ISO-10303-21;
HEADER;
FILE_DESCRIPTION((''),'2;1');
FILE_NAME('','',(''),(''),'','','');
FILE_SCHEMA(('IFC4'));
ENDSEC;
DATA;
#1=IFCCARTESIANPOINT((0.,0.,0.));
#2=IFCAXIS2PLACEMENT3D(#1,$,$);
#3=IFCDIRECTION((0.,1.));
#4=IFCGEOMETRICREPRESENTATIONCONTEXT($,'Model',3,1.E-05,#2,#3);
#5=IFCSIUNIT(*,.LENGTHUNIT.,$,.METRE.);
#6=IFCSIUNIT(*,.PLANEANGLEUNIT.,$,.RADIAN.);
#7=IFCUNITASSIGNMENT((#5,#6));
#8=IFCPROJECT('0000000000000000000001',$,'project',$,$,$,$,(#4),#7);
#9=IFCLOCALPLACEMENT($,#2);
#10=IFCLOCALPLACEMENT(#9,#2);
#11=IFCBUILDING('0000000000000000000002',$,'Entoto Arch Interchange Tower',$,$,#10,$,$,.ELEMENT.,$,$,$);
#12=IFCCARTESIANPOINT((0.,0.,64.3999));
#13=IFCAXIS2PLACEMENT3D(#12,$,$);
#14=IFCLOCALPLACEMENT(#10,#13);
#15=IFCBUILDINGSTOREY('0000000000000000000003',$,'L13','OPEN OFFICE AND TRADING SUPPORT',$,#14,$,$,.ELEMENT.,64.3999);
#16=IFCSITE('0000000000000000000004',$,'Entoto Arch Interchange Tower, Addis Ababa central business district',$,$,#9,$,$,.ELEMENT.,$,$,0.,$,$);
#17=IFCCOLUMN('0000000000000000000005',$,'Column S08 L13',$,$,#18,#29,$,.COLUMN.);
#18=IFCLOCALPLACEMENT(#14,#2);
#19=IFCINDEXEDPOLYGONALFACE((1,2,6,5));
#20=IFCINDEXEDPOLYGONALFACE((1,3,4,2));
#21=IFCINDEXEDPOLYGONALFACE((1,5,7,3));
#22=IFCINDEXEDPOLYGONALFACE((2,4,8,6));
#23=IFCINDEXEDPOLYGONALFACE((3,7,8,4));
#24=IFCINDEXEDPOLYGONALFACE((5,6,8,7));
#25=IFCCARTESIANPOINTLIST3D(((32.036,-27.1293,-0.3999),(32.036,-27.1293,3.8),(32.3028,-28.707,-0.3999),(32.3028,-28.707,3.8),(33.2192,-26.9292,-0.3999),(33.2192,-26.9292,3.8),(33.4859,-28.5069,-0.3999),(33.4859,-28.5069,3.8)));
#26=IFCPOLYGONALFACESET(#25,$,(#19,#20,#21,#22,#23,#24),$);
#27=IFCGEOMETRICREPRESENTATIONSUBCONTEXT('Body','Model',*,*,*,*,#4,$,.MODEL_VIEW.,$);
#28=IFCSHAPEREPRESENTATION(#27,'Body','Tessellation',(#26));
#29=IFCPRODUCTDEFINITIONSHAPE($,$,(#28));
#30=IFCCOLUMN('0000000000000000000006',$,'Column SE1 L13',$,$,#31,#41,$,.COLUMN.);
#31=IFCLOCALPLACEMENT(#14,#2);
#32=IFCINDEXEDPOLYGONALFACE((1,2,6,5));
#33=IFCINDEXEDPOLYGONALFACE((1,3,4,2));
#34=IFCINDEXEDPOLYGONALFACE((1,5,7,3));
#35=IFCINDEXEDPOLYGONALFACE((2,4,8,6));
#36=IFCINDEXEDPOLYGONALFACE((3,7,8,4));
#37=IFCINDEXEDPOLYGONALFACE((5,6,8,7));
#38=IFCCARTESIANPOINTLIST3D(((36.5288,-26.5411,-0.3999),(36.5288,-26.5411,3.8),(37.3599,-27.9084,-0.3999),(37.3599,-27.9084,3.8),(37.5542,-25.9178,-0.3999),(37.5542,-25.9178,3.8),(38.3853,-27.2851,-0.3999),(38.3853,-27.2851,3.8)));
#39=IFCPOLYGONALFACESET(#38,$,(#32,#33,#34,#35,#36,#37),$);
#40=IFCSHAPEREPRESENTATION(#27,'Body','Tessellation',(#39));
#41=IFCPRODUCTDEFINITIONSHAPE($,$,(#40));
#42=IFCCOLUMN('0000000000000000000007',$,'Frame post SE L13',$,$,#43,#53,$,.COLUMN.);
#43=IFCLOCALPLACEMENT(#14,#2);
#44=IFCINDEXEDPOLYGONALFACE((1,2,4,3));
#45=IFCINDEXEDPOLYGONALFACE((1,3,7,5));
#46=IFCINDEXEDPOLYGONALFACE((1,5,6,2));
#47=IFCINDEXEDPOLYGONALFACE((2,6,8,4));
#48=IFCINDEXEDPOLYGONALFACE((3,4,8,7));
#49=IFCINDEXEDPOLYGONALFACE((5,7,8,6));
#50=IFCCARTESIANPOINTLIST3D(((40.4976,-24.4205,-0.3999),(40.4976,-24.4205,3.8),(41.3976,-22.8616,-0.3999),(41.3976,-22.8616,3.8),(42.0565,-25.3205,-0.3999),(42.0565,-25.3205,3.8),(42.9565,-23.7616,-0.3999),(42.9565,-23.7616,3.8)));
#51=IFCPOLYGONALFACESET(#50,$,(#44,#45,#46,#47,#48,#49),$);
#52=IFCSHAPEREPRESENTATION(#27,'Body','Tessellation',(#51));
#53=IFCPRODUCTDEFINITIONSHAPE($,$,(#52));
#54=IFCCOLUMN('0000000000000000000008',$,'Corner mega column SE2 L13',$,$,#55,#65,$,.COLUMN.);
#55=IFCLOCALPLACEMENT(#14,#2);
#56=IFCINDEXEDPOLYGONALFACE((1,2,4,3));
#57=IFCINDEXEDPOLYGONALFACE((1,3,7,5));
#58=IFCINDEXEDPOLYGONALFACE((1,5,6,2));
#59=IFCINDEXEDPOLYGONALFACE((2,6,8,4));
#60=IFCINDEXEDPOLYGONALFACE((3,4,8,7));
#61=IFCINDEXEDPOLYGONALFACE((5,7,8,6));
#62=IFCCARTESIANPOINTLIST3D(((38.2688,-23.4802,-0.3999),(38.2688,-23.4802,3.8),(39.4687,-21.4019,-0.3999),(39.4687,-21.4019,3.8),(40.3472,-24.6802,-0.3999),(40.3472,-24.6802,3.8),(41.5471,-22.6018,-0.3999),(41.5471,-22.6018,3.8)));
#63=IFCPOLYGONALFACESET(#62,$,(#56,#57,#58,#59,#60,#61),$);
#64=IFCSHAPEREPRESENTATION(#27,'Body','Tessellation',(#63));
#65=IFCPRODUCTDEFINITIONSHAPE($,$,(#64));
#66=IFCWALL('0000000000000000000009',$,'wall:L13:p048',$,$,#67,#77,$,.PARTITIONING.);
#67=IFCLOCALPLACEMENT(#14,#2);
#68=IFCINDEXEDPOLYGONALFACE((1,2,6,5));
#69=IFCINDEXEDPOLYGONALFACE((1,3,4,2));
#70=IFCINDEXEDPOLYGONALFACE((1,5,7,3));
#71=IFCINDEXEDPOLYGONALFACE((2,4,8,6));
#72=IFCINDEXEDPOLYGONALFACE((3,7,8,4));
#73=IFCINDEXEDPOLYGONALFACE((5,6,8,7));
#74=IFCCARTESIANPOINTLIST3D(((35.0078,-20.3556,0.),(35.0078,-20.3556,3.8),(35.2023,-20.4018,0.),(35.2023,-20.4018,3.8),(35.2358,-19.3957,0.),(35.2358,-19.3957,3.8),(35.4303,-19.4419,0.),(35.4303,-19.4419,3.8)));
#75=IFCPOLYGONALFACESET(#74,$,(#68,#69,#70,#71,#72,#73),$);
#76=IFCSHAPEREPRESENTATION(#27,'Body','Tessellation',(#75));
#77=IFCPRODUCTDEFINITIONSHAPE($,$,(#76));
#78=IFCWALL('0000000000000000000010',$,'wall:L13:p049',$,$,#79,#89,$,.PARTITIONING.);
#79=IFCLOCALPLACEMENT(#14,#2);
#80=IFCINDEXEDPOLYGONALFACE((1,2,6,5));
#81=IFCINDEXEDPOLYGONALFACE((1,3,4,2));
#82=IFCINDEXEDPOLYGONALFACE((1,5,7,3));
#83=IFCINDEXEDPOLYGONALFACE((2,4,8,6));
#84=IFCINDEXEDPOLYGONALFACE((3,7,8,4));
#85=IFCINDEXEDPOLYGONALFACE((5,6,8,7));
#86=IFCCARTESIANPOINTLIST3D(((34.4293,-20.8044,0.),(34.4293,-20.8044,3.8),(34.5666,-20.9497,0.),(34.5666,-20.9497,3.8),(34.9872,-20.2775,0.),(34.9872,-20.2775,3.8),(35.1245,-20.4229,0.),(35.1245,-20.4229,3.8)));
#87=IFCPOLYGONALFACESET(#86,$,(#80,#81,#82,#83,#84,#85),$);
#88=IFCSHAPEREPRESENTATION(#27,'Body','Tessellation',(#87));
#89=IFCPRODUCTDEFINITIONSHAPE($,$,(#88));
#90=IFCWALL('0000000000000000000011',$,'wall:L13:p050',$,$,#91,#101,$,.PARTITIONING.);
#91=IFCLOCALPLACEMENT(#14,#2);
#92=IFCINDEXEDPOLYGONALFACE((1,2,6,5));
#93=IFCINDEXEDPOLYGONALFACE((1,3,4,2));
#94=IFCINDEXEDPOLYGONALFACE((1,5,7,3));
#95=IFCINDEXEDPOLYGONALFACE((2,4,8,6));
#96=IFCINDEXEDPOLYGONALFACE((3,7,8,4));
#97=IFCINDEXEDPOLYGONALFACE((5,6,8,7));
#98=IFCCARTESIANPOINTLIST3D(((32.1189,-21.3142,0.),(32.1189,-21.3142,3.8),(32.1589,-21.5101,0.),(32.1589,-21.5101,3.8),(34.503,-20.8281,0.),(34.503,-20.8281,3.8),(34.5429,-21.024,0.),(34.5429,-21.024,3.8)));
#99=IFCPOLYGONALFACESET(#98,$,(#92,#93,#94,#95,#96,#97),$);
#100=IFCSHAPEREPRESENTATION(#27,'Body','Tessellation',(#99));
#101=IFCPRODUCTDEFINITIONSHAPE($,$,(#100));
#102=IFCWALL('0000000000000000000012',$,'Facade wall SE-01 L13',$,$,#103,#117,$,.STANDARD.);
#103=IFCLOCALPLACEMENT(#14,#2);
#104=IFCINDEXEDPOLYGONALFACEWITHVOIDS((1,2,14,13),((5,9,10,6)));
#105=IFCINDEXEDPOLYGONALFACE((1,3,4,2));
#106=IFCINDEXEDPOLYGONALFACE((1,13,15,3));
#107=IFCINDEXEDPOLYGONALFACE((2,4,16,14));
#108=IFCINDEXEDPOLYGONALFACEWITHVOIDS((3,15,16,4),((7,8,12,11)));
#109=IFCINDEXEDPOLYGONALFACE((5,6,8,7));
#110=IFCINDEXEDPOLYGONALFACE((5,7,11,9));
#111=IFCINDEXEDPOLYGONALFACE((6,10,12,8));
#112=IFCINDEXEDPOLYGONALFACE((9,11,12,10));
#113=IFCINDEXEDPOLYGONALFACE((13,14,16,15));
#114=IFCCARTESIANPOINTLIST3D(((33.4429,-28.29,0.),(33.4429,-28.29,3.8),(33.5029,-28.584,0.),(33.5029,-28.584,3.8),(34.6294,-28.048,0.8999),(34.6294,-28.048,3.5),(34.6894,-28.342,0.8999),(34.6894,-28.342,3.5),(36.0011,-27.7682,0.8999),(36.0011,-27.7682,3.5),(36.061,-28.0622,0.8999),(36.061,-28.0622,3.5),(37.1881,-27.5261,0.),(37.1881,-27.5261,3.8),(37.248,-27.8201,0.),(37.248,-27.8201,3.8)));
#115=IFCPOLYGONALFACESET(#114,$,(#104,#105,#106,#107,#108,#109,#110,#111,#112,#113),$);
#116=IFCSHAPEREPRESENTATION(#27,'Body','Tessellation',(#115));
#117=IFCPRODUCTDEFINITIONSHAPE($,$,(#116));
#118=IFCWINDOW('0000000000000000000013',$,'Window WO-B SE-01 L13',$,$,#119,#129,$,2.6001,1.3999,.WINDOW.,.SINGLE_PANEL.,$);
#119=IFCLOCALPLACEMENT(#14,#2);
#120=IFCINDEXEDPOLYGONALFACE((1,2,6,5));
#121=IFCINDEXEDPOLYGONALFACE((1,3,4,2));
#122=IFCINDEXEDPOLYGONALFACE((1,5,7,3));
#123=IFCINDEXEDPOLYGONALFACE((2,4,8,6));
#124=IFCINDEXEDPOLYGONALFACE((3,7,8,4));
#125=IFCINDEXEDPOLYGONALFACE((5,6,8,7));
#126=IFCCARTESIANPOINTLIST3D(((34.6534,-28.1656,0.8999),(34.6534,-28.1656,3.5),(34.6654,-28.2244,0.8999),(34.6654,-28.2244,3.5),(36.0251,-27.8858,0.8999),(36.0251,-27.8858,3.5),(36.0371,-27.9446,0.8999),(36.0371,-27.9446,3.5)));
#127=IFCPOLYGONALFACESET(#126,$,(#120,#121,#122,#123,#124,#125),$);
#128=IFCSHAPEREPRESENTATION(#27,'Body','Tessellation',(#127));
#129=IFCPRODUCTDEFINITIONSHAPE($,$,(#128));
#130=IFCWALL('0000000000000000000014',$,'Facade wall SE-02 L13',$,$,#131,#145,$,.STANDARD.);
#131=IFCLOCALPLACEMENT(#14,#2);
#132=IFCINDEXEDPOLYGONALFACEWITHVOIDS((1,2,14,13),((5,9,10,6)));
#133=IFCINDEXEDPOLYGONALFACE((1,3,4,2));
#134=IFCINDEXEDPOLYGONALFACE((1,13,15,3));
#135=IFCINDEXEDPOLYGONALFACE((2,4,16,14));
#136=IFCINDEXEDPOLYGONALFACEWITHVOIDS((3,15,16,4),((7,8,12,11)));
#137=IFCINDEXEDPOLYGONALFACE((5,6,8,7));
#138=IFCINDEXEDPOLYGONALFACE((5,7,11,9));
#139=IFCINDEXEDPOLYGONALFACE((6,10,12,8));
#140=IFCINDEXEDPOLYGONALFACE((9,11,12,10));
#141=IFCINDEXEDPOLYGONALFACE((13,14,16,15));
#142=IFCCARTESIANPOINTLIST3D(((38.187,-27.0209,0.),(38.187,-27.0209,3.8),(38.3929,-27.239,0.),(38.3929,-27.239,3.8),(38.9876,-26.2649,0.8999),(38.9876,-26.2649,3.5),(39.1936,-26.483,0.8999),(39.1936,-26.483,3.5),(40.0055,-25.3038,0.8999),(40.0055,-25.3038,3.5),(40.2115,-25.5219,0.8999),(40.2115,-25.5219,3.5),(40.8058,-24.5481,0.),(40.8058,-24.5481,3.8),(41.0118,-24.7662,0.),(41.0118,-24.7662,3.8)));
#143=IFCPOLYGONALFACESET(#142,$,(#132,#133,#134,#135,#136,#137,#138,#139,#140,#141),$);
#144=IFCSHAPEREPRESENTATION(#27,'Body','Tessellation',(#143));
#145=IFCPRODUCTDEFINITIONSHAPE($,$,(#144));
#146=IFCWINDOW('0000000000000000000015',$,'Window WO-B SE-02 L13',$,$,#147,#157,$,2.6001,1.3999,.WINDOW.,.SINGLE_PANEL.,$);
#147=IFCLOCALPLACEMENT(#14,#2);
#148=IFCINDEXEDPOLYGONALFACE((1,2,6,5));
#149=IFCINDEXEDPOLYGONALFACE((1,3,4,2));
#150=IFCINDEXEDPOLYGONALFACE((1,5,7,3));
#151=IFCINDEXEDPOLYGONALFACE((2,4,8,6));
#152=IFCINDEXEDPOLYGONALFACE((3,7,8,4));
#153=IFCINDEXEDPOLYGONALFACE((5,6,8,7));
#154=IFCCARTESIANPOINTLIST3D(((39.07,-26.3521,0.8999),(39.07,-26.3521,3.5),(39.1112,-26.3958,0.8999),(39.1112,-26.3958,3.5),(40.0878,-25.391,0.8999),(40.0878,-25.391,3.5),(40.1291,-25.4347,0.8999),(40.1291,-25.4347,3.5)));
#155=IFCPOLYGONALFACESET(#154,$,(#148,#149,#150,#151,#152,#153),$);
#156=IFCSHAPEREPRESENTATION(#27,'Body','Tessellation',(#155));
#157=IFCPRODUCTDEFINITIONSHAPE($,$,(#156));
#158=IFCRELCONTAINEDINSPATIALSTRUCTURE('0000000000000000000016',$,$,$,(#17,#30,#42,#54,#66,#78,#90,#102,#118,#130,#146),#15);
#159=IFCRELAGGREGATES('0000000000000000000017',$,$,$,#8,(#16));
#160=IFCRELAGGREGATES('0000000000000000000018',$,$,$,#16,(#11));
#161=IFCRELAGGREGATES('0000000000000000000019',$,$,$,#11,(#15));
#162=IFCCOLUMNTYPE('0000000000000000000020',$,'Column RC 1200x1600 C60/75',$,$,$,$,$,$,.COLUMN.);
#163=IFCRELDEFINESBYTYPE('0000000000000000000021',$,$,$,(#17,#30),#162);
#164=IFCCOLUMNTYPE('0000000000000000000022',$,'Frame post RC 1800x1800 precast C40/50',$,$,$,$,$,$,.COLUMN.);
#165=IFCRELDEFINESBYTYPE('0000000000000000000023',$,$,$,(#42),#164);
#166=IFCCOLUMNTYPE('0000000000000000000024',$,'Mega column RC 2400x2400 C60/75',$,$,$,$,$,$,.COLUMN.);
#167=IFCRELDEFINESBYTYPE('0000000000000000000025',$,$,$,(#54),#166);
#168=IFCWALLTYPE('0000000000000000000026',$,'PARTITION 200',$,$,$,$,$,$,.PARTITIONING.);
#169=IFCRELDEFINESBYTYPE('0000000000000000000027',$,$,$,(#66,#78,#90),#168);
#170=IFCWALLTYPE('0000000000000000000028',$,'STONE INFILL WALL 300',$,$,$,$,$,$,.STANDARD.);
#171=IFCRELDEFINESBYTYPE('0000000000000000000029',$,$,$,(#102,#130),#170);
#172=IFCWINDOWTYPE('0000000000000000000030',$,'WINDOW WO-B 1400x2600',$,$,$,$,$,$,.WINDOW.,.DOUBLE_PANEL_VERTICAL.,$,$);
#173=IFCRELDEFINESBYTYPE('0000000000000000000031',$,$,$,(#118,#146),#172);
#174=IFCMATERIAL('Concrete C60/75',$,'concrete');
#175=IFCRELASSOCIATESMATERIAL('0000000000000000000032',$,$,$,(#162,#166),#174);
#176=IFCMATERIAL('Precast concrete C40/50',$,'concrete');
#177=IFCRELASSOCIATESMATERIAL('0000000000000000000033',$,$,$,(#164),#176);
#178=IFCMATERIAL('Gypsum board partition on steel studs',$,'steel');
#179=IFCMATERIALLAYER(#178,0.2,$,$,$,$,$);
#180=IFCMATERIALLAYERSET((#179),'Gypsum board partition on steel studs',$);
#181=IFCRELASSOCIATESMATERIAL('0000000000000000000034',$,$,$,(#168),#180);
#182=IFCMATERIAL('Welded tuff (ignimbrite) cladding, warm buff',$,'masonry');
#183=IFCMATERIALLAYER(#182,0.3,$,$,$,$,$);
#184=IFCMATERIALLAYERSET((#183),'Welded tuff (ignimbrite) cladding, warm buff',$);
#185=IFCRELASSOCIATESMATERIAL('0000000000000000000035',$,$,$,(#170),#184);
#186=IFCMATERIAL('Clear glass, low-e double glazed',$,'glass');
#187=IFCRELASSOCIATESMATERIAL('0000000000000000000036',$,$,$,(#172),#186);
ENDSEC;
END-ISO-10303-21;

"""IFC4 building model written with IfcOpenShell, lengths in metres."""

from ifc_helpers import new_model, si_unit, direction, frame, frame_2d, origin, origin_2d, place, context, subcontext, project, spatial, rectangle, extrude, material, layer, layer_set, material_profile, profile_set, type_object, element, fill, save


model = new_model("IFC4")

# Units and contexts
model_context = context("Model", 3, precision=1e-05, world=origin(), true_north=direction((0.0, 1.0)))
body_context = subcontext(model_context, "Body", "Model", "MODEL_VIEW")
ifc_project = project(units=[si_unit("LENGTHUNIT", "METRE"), si_unit("PLANEANGLEUNIT", "RADIAN")], contexts=[model_context])

# Site, building, storey
site_placement = place(None, origin())
site = spatial("IfcSite", under=ifc_project, at=site_placement, Name="Entoto Arch Interchange Tower, Addis Ababa central business district", CompositionType="ELEMENT", RefElevation=0.0)
building_placement = place(site_placement, origin())
building = spatial("IfcBuilding", under=site, at=building_placement, Name="Entoto Arch Interchange Tower", CompositionType="ELEMENT")
storey_placement = place(building_placement, frame((0.0, 0.0, 64.3999)))
storey = spatial("IfcBuildingStorey", under=building, at=storey_placement, Name="L13", Description="OPEN OFFICE AND TRADING SUPPORT", CompositionType="ELEMENT", Elevation=64.3999)

# Columns
ifc_material_1 = material(Name="Concrete C60/75", Category="concrete")
ifc_material_profile_1 = material_profile(ifc_material_1, rectangle(XDim=1.2, YDim=1.6001, at=origin_2d()))
ifc_profile_set_1 = profile_set([ifc_material_profile_1], Name="Concrete C60/75")
column_type_1 = type_object("IfcColumnType", Name="Column RC 1200x1600 C60/75", PredefinedType="COLUMN", material=ifc_profile_set_1)
for number, where, z_axis, x_axis, name in (
    (1, (32.761, -27.8181, -0.3999), (0.0, 0.0, 1.0), (0.986005, 0.166717, 0.0), "Column S08 L13"),
    (2, (37.457, -26.9131, -0.3999), (0.0, 0.0, 1.0), (0.854522, 0.519415, 0.0), "Column SE1 L13"),
):
    element("IfcColumn", number, at=place(storey_placement, frame(where, z_axis=z_axis, x_axis=x_axis)), inside=storey, type_object=column_type_1, Name=name, PredefinedType="COLUMN", context=body_context, shape_type="SweptSolid", body=[
        extrude(rectangle(XDim=1.2, YDim=1.6001, at=origin_2d()), origin(), (0.0, 0.0, 1.0), 4.2),
    ])
ifc_material_2 = material(Name="Precast concrete C40/50", Category="concrete")
ifc_material_profile_2 = material_profile(ifc_material_2, rectangle(XDim=1.8, YDim=1.8, at=origin_2d()))
ifc_profile_set_2 = profile_set([ifc_material_profile_2], Name="Precast concrete C40/50")
column_type_2 = type_object("IfcColumnType", Name="Frame post RC 1800x1800 precast C40/50", PredefinedType="COLUMN", material=ifc_profile_set_2)
column_1_placement = place(storey_placement, frame((41.7271, -24.0911, -0.3999), z_axis=(0.0, 0.0, 1.0), x_axis=(-0.866025, 0.5, 0.0)))
element("IfcColumn", 3, at=column_1_placement, inside=storey, type_object=column_type_2, Name="Frame post SE L13", PredefinedType="COLUMN", context=body_context, shape_type="SweptSolid", body=[
    extrude(rectangle(XDim=1.8, YDim=1.8, at=origin_2d()), origin(), (0.0, 0.0, 1.0), 4.2),
])
ifc_material_profile_3 = material_profile(ifc_material_1, rectangle(XDim=2.3999, YDim=2.3999, at=origin_2d()))
ifc_profile_set_3 = profile_set([ifc_material_profile_3], Name="Concrete C60/75")
column_type_3 = type_object("IfcColumnType", Name="Mega column RC 2400x2400 C60/75", PredefinedType="COLUMN", material=ifc_profile_set_3)
column_2_placement = place(storey_placement, frame((39.908, -23.041, -0.3999), z_axis=(0.0, 0.0, 1.0), x_axis=(-0.866025, 0.5, 0.0)))
element("IfcColumn", 4, at=column_2_placement, inside=storey, type_object=column_type_3, Name="Corner mega column SE2 L13", PredefinedType="COLUMN", context=body_context, shape_type="SweptSolid", body=[
    extrude(rectangle(XDim=2.3999, YDim=2.3999, at=origin_2d()), origin(), (0.0, 0.0, 1.0), 4.2),
])

# Walls
ifc_material_3 = material(Name="Gypsum board partition on steel studs", Category="steel")
ifc_layer_1 = layer(ifc_material_3, 0.2)
ifc_layer_set_1 = layer_set([ifc_layer_1], Name="Gypsum board partition on steel studs")
wall_type_1 = type_object("IfcWallType", Name="PARTITION 200", PredefinedType="PARTITIONING", material=ifc_layer_set_1)
wall_1_placement = place(storey_placement, frame((35.333, -19.4189, 0.0), z_axis=(0.0, 0.0, 1.0), x_axis=(-0.231108, -0.972928, 0.0)))
element("IfcWall", 5, at=wall_1_placement, inside=storey, type_object=wall_type_1, Name="wall:L13:p048", PredefinedType="PARTITIONING", context=body_context, shape_type="SweptSolid", body=[
    extrude(rectangle(XDim=0.9866, YDim=0.2, at=frame_2d((0.4932, 0.0))), origin(), (0.0, 0.0, 1.0), 3.8),
])
wall_2_placement = place(storey_placement, frame((35.0559, -20.3501, 0.0), z_axis=(0.0, 0.0, 1.0), x_axis=(-0.727022, -0.686614, 0.0)))
element("IfcWall", 6, at=wall_2_placement, inside=storey, type_object=wall_type_1, Name="wall:L13:p049", PredefinedType="PARTITIONING", context=body_context, shape_type="SweptSolid", body=[
    extrude(rectangle(XDim=0.7673, YDim=0.2, at=frame_2d((0.3838, 0.0))), origin(), (0.0, 0.0, 1.0), 3.8),
])
wall_3_placement = place(storey_placement, frame((34.5229, -20.926, 0.0), z_axis=(0.0, 0.0, 1.0), x_axis=(-0.979841, -0.199781, 0.0)))
element("IfcWall", 7, at=wall_3_placement, inside=storey, type_object=wall_type_1, Name="wall:L13:p050", PredefinedType="PARTITIONING", context=body_context, shape_type="SweptSolid", body=[
    extrude(rectangle(XDim=2.4331, YDim=0.2, at=frame_2d((1.2166, 0.0))), origin(), (0.0, 0.0, 1.0), 3.8),
])

# Walls, openings, windows
ifc_material_4 = material(Name="Welded tuff (ignimbrite) cladding, warm buff", Category="masonry")
ifc_layer_2 = layer(ifc_material_4, 0.3)
ifc_layer_set_2 = layer_set([ifc_layer_2], Name="Welded tuff (ignimbrite) cladding, warm buff")
wall_type_2 = type_object("IfcWallType", Name="STONE INFILL WALL 300", PredefinedType="STANDARD", material=ifc_layer_set_2)
wall_4_placement = place(storey_placement, frame((33.4729, -28.437, 0.0), z_axis=(0.0, 0.0, 1.0), x_axis=(0.979824, 0.199861, 0.0)))
wall_4 = element("IfcWall", 8, at=wall_4_placement, inside=storey, type_object=wall_type_2, Name="Facade wall SE-01 L13", PredefinedType="STANDARD", context=body_context, shape_type="SweptSolid", body=[
    extrude(rectangle(XDim=3.8223, YDim=0.3, at=frame_2d((1.9111, 0.0))), origin(), (0.0, 0.0, 1.0), 3.8),
])
opening_1_placement = place(wall_4_placement, frame((1.2109, 0.0, 0.8999)))
opening_1 = element("IfcOpeningElement", 9, at=opening_1_placement, cuts=wall_4, PredefinedType="OPENING", context=body_context, shape_type="SweptSolid", body=[
    extrude(rectangle(XDim=1.3999, YDim=2.6001, at=frame_2d((0.7, 1.3))), frame((0.0, 0.1602, 0.0), z_axis=(0.0, -1.0, 0.0), x_axis=(1.0, 0.0, 0.0)), (0.0, 0.0, 1.0), 0.3201),
])
ifc_material_5 = material(Name="Clear glass, low-e double glazed", Category="glass")
window_type = type_object("IfcWindowType", Name="WINDOW WO-B 1400x2600", PartitioningType="DOUBLE_PANEL_VERTICAL", PredefinedType="WINDOW", material=ifc_material_5)
window_1_placement = place(opening_1_placement, origin())
window_1 = element("IfcWindow", 10, at=window_1_placement, inside=storey, type_object=window_type, Name="Window WO-B SE-01 L13", OverallHeight=2.6001, OverallWidth=1.3999, PartitioningType="SINGLE_PANEL", PredefinedType="WINDOW", context=body_context, shape_type="SweptSolid", body=[
    extrude(rectangle(XDim=1.3999, YDim=2.6001, at=frame_2d((0.7, 1.3))), frame((0.0, 0.03, 0.0), z_axis=(0.0, -1.0, 0.0), x_axis=(1.0, 0.0, 0.0)), (0.0, 0.0, 1.0), 0.0601),
])
fill(opening_1, window_1)
wall_5_placement = place(storey_placement, frame((38.29, -27.1299, 0.0), z_axis=(0.0, 0.0, 1.0), x_axis=(0.727083, 0.68655, 0.0)))
wall_5 = element("IfcWall", 11, at=wall_5_placement, inside=storey, type_object=wall_type_2, Name="Facade wall SE-02 L13", PredefinedType="STANDARD", context=body_context, shape_type="SweptSolid", body=[
    extrude(rectangle(XDim=3.6018, YDim=0.3, at=frame_2d((1.8008, 0.0))), origin(), (0.0, 0.0, 1.0), 3.8),
])
opening_2_placement = place(wall_5_placement, frame((1.1011, 0.0, 0.8999)))
opening_2 = element("IfcOpeningElement", 12, at=opening_2_placement, cuts=wall_5, PredefinedType="OPENING", context=body_context, shape_type="SweptSolid", body=[
    extrude(rectangle(XDim=1.3999, YDim=2.6001, at=frame_2d((0.7, 1.3))), frame((0.0, 0.1602, 0.0), z_axis=(0.0, -1.0, 0.0), x_axis=(1.0, 0.0, 0.0)), (0.0, 0.0, 1.0), 0.3201),
])
window_2_placement = place(opening_2_placement, origin())
window_2 = element("IfcWindow", 13, at=window_2_placement, inside=storey, type_object=window_type, Name="Window WO-B SE-02 L13", OverallHeight=2.6001, OverallWidth=1.3999, PartitioningType="SINGLE_PANEL", PredefinedType="WINDOW", context=body_context, shape_type="SweptSolid", body=[
    extrude(rectangle(XDim=1.3999, YDim=2.6001, at=frame_2d((0.7, 1.3))), frame((0.0, 0.03, 0.0), z_axis=(0.0, -1.0, 0.0), x_axis=(1.0, 0.0, 0.0)), (0.0, 0.0, 1.0), 0.0601),
])
fill(opening_2, window_2)

save(model, "model.ifc")
